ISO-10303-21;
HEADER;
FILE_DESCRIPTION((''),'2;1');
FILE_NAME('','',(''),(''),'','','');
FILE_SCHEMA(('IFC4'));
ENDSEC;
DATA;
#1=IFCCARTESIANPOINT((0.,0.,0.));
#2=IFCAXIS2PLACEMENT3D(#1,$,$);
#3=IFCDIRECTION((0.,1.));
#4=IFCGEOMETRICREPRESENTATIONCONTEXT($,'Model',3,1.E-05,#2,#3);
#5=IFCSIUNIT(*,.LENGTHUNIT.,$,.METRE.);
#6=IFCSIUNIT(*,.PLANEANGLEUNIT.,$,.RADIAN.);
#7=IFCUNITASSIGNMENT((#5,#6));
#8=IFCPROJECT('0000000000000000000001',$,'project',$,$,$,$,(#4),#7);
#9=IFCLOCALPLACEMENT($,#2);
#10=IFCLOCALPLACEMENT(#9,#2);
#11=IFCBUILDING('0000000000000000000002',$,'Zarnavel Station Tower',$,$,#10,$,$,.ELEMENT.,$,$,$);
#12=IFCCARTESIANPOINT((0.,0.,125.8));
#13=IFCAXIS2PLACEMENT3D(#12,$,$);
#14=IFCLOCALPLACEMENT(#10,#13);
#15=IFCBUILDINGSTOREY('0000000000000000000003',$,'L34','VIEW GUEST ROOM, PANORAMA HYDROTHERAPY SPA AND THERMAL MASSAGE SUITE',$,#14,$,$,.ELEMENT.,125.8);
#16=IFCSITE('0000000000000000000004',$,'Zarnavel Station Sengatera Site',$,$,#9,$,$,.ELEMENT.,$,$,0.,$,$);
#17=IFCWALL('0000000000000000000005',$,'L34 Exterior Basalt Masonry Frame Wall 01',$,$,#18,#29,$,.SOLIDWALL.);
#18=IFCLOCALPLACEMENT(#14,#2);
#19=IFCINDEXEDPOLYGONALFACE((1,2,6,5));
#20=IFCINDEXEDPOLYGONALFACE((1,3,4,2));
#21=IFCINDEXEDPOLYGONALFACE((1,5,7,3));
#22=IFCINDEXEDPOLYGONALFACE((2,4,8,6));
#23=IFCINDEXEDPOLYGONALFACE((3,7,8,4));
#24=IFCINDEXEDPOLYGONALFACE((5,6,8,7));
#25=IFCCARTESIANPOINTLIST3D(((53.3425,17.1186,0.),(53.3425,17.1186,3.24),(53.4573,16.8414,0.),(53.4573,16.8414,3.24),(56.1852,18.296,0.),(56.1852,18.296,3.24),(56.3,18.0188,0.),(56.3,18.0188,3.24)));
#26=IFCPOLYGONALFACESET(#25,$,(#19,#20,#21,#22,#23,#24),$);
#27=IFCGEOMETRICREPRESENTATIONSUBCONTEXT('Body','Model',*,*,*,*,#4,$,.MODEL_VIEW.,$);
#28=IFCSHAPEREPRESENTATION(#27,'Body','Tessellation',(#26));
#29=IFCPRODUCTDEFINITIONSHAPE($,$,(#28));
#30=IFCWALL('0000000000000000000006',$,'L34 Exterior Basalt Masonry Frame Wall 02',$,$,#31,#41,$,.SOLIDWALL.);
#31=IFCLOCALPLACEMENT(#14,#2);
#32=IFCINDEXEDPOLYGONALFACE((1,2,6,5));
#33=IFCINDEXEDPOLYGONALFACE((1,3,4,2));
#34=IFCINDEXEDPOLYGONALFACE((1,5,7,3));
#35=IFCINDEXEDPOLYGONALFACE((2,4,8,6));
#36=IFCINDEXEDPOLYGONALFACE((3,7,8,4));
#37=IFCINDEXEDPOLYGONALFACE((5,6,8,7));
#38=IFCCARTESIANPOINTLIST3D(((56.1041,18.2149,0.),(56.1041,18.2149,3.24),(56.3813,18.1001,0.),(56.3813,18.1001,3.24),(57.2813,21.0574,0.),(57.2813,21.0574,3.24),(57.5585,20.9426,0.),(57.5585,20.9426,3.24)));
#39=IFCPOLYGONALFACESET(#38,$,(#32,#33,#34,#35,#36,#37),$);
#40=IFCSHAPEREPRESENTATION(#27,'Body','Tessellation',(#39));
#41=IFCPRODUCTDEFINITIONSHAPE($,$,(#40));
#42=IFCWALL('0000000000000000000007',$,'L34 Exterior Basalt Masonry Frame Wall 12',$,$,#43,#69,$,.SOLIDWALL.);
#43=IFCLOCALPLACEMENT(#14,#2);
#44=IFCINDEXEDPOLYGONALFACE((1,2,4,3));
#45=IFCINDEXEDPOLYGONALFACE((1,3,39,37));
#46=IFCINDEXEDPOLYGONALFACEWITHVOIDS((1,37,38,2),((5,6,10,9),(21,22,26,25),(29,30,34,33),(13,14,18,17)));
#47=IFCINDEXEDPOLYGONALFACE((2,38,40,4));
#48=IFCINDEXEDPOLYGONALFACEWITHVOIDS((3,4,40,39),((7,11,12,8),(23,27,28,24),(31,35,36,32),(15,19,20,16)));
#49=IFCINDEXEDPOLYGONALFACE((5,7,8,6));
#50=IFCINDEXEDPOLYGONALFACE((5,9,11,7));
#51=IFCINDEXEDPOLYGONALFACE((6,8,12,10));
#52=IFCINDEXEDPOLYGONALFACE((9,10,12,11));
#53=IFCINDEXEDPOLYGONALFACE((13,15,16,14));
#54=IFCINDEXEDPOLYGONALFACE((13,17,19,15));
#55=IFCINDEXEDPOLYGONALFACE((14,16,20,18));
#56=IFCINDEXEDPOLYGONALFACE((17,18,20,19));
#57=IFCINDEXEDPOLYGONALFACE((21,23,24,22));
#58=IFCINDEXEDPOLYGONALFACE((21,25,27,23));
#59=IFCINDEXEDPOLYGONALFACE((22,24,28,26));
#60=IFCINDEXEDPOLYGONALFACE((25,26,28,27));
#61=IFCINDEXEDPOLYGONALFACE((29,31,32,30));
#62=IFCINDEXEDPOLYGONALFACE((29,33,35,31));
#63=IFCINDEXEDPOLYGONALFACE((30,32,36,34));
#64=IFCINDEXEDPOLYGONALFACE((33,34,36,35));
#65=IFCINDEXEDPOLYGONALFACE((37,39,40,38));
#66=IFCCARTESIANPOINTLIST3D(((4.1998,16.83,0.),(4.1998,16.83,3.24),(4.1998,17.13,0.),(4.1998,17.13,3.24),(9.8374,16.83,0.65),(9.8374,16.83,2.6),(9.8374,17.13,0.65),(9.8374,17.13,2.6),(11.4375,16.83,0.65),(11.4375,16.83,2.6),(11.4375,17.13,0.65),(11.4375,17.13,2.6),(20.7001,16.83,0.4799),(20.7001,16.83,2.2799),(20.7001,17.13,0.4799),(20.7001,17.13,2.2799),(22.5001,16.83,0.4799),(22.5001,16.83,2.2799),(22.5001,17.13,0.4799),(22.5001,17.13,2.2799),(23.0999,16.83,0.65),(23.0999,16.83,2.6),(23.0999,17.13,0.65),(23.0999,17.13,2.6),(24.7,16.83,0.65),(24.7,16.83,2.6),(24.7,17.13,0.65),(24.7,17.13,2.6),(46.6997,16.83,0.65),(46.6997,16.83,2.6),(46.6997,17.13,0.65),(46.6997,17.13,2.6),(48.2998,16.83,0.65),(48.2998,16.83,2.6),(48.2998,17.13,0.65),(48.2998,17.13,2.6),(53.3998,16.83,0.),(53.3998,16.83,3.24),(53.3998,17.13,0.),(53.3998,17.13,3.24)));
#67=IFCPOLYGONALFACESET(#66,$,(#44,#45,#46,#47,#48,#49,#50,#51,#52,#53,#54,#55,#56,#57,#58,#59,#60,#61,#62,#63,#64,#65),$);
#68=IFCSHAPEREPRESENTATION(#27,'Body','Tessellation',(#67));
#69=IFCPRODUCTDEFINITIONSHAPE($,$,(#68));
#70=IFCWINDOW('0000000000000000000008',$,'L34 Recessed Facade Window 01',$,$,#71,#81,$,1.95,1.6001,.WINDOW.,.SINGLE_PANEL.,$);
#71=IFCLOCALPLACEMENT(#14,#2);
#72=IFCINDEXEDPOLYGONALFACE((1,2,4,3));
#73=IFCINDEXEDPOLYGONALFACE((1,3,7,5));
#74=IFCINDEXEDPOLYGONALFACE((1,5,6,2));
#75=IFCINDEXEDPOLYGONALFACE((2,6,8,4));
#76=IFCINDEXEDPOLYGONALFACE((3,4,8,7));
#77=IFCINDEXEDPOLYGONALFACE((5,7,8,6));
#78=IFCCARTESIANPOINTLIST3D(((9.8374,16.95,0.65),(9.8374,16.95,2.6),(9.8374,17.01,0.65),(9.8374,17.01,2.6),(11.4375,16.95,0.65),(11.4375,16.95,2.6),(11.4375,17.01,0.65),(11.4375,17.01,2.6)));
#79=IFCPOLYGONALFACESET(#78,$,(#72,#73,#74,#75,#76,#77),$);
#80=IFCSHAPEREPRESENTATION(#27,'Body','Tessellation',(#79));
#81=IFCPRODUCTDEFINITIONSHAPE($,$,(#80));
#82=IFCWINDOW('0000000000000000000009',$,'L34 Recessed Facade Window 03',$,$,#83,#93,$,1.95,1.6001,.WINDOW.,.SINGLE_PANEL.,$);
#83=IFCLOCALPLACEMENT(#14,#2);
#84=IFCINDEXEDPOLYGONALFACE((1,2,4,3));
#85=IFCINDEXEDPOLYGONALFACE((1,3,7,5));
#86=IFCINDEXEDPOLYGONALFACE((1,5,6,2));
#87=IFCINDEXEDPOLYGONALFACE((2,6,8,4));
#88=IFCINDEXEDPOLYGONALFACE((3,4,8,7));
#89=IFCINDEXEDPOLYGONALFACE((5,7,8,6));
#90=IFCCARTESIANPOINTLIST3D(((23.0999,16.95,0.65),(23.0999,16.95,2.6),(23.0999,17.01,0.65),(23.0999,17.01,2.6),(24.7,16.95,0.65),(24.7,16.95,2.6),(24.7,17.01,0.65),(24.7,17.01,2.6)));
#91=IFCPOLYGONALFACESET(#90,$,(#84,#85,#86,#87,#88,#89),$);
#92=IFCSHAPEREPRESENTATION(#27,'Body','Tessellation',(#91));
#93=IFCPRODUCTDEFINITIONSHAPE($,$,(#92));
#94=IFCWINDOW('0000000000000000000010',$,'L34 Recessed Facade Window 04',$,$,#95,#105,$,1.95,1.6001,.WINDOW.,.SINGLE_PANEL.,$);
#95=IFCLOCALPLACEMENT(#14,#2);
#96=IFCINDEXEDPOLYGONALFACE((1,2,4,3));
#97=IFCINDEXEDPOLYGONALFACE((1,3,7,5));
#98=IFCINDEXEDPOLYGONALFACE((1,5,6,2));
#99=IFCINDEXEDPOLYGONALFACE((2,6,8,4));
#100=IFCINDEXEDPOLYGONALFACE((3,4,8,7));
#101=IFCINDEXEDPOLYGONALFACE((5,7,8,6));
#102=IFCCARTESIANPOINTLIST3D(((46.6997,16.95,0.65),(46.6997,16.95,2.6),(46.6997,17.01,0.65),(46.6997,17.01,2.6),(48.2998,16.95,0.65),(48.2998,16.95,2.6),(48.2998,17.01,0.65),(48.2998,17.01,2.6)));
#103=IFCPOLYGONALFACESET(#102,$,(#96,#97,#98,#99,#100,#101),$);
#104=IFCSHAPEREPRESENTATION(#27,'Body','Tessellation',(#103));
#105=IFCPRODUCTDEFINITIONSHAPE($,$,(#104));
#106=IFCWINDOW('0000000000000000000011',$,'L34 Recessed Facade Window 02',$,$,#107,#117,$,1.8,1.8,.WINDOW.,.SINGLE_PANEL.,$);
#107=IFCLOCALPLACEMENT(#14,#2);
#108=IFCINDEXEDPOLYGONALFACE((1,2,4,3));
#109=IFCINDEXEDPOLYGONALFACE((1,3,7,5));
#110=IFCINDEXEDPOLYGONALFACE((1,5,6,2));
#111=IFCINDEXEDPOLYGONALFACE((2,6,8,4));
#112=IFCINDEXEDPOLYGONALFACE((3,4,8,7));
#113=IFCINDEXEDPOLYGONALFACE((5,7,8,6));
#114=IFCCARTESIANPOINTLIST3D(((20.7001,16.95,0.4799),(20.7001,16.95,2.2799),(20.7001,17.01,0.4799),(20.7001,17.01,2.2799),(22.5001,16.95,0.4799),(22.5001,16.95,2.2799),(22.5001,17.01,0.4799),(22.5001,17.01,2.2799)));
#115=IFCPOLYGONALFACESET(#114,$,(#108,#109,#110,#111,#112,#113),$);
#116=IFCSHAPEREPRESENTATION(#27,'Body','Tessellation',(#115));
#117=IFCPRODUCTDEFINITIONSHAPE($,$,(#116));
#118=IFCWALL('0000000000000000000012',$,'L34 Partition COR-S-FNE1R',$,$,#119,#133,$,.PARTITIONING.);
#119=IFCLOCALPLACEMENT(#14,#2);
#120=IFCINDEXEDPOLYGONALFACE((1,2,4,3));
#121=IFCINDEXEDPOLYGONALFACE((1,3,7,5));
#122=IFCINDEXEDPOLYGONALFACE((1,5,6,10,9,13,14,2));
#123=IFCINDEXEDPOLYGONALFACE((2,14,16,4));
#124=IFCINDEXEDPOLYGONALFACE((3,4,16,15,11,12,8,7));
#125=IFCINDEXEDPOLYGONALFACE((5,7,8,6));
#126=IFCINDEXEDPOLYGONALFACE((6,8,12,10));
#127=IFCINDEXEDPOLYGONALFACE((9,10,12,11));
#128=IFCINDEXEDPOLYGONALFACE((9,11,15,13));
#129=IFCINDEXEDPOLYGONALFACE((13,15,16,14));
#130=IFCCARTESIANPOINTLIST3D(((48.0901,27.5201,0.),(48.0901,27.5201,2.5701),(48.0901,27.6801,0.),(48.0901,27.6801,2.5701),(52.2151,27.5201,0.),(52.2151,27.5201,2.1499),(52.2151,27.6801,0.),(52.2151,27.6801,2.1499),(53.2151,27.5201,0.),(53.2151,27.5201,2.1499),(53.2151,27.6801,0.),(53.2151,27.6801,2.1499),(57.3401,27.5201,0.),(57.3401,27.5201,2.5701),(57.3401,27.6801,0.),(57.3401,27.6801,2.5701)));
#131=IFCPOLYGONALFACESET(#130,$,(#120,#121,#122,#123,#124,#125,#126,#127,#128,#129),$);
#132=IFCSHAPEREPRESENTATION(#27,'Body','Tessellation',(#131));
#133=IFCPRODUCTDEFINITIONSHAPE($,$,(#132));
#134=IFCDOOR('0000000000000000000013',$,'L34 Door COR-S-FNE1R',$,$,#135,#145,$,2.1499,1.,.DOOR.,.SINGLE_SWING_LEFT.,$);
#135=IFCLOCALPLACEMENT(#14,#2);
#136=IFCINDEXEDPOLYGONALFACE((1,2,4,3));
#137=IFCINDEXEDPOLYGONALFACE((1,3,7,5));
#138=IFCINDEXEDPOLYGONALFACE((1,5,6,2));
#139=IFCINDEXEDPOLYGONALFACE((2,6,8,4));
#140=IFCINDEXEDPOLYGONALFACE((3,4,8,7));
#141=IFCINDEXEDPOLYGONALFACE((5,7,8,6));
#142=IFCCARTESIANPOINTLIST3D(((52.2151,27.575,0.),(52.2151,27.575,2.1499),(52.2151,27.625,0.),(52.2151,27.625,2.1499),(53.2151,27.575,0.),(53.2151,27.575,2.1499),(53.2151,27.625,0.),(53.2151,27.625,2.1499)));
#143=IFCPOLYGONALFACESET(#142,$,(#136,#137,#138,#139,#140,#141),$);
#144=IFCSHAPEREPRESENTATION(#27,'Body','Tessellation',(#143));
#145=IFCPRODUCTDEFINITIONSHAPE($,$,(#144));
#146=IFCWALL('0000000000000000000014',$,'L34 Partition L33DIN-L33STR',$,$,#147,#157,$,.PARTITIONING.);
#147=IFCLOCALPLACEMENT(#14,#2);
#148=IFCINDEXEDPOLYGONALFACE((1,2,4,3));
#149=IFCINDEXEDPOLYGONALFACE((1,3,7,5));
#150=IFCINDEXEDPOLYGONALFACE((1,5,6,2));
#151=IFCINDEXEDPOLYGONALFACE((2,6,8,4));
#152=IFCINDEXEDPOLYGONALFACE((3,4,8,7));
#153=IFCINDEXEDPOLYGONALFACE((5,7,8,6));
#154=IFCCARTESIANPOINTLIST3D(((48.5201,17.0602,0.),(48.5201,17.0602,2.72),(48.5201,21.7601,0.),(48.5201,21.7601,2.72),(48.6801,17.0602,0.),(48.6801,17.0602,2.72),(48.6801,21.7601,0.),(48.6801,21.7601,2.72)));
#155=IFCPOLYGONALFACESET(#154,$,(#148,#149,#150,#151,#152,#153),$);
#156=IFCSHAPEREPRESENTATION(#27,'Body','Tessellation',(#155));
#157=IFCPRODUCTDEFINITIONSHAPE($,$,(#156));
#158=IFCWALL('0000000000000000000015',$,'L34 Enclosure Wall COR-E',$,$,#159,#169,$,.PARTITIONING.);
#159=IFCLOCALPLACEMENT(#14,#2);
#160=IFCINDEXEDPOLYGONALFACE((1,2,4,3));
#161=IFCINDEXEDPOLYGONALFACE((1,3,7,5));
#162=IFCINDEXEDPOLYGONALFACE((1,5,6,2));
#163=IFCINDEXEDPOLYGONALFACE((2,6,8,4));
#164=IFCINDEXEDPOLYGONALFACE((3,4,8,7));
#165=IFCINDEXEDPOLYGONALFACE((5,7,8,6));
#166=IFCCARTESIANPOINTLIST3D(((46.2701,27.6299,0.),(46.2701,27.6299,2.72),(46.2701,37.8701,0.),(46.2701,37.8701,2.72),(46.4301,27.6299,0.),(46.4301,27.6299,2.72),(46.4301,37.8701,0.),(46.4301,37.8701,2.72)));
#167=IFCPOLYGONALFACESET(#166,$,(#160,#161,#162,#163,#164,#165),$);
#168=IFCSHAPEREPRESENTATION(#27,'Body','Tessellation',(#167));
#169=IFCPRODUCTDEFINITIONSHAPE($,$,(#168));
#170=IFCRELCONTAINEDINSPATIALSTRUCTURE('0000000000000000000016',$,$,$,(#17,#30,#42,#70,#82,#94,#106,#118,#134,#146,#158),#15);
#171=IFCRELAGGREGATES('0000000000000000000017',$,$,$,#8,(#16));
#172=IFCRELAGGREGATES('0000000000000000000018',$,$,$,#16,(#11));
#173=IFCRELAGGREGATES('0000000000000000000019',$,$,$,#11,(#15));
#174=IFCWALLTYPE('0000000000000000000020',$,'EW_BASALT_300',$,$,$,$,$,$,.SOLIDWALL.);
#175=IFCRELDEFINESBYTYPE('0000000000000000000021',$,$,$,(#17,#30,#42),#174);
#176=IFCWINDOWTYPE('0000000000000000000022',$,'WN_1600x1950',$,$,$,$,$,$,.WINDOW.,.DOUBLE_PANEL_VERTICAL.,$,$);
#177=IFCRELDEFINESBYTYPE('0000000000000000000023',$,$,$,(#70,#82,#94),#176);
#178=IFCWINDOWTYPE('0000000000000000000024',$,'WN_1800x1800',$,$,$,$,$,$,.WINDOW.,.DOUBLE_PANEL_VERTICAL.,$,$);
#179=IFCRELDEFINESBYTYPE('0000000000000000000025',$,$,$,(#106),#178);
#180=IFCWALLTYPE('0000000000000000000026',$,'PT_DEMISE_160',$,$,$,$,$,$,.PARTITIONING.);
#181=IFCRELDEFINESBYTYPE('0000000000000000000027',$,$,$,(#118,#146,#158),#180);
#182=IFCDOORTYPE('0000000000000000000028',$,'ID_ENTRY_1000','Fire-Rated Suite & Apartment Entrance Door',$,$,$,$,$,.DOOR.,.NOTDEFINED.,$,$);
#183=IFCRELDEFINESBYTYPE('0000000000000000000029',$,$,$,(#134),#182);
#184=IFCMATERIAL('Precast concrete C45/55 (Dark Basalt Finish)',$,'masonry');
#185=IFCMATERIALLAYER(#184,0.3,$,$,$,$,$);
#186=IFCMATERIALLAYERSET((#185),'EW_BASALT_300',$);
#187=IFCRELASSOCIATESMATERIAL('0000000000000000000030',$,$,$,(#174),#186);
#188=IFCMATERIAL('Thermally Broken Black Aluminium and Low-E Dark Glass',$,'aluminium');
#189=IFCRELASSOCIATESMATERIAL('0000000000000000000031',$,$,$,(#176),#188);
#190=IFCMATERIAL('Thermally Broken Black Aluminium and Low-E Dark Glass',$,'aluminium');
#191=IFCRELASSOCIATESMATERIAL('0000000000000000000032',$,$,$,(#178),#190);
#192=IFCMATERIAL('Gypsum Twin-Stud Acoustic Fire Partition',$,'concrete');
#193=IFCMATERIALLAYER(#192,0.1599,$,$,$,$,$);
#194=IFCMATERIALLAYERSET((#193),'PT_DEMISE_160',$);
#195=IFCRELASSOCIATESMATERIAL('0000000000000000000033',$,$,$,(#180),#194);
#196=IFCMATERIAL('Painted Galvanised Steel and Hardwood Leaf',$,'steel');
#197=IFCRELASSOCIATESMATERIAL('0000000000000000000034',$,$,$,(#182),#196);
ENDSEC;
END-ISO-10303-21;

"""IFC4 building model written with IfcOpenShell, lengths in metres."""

from ifc_helpers import new_model, si_unit, direction, frame, frame_2d, origin, place, context, subcontext, project, spatial, rectangle, extrude, material, layer, layer_set, type_object, element, fill, save


model = new_model("IFC4")

# Units and contexts
model_context = context("Model", 3, precision=1e-05, world=origin(), true_north=direction((0.0, 1.0)))
body_context = subcontext(model_context, "Body", "Model", "MODEL_VIEW")
ifc_project = project(units=[si_unit("LENGTHUNIT", "METRE"), si_unit("PLANEANGLEUNIT", "RADIAN")], contexts=[model_context])

# Site, building, storey
site_placement = place(None, origin())
site = spatial("IfcSite", under=ifc_project, at=site_placement, Name="Zarnavel Station Sengatera Site", CompositionType="ELEMENT", RefElevation=0.0)
building_placement = place(site_placement, origin())
building = spatial("IfcBuilding", under=site, at=building_placement, Name="Zarnavel Station Tower", CompositionType="ELEMENT")
storey_placement = place(building_placement, frame((0.0, 0.0, 125.8)))
storey = spatial("IfcBuildingStorey", under=building, at=storey_placement, Name="L34", Description="VIEW GUEST ROOM, PANORAMA HYDROTHERAPY SPA AND THERMAL MASSAGE SUITE", CompositionType="ELEMENT", Elevation=125.8)

# Walls
ifc_material_1 = material(Name="Precast concrete C45/55 (Dark Basalt Finish)", Category="masonry")
ifc_layer_1 = layer(ifc_material_1, 0.3)
ifc_layer_set_1 = layer_set([ifc_layer_1], Name="EW_BASALT_300")
wall_type_1 = type_object("IfcWallType", Name="EW_BASALT_300", PredefinedType="SOLIDWALL", material=ifc_layer_set_1)
wall_1_placement = place(storey_placement, frame((56.2427, 18.1575, 0.0), z_axis=(0.0, 0.0, 1.0), x_axis=(-0.923882, -0.382676, 0.0)))
element("IfcWall", 1, at=wall_1_placement, inside=storey, type_object=wall_type_1, Name="L34 Exterior Basalt Masonry Frame Wall 01", PredefinedType="SOLIDWALL", context=body_context, shape_type="SweptSolid", body=[
    extrude(rectangle(XDim=3.0769, YDim=0.3, at=frame_2d((1.5386, 0.0))), origin(), (0.0, 0.0, 1.0), 3.24),
])
wall_2_placement = place(storey_placement, frame((57.4199, 21.0, 0.0), z_axis=(0.0, 0.0, 1.0), x_axis=(-0.382637, -0.923899, 0.0)))
element("IfcWall", 2, at=wall_2_placement, inside=storey, type_object=wall_type_1, Name="L34 Exterior Basalt Masonry Frame Wall 02", PredefinedType="SOLIDWALL", context=body_context, shape_type="SweptSolid", body=[
    extrude(rectangle(XDim=3.0767, YDim=0.3, at=frame_2d((1.5383, 0.0))), origin(), (0.0, 0.0, 1.0), 3.24),
])

# Wall, openings, windows
wall_3_placement = place(storey_placement, frame((53.3999, 16.98, 0.0), z_axis=(0.0, 0.0, 1.0), x_axis=(-1.0, 0.0, 0.0)))
wall_3 = element("IfcWall", 3, at=wall_3_placement, inside=storey, type_object=wall_type_1, Name="L34 Exterior Basalt Masonry Frame Wall 12", PredefinedType="SOLIDWALL", context=body_context, shape_type="SweptSolid", body=[
    extrude(rectangle(XDim=49.2, YDim=0.3, at=frame_2d((24.6001, 0.0))), origin(), (0.0, 0.0, 1.0), 3.24),
])
opening_1_placement = place(wall_3_placement, frame((41.9624, 0.0, 0.6499)))
opening_1 = element("IfcOpeningElement", 4, at=opening_1_placement, cuts=wall_3, PredefinedType="OPENING", context=body_context, shape_type="SweptSolid", body=[
    extrude(rectangle(XDim=1.6001, YDim=1.95, at=frame_2d((0.8, 0.9751))), frame((0.0, 0.1599, 0.0), z_axis=(0.0, -1.0, 0.0), x_axis=(1.0, 0.0, 0.0)), (0.0, 0.0, 1.0), 0.3201),
])
opening_2_placement = place(wall_3_placement, frame((30.8999, 0.0, 0.48)))
opening_2 = element("IfcOpeningElement", 5, at=opening_2_placement, cuts=wall_3, PredefinedType="OPENING", context=body_context, shape_type="SweptSolid", body=[
    extrude(rectangle(XDim=1.8, YDim=1.8, at=frame_2d((0.8999, 0.8999))), frame((0.0, 0.1599, 0.0), z_axis=(0.0, -1.0, 0.0), x_axis=(1.0, 0.0, 0.0)), (0.0, 0.0, 1.0), 0.3201),
])
opening_3_placement = place(wall_3_placement, frame((28.7, 0.0, 0.6499)))
opening_3 = element("IfcOpeningElement", 6, at=opening_3_placement, cuts=wall_3, PredefinedType="OPENING", context=body_context, shape_type="SweptSolid", body=[
    extrude(rectangle(XDim=1.6001, YDim=1.95, at=frame_2d((0.8, 0.9751))), frame((0.0, 0.1599, 0.0), z_axis=(0.0, -1.0, 0.0), x_axis=(1.0, 0.0, 0.0)), (0.0, 0.0, 1.0), 0.3201),
])
opening_4_placement = place(wall_3_placement, frame((5.1001, 0.0, 0.6499)))
opening_4 = element("IfcOpeningElement", 7, at=opening_4_placement, cuts=wall_3, PredefinedType="OPENING", context=body_context, shape_type="SweptSolid", body=[
    extrude(rectangle(XDim=1.6001, YDim=1.95, at=frame_2d((0.8, 0.9751))), frame((0.0, 0.1599, 0.0), z_axis=(0.0, -1.0, 0.0), x_axis=(1.0, 0.0, 0.0)), (0.0, 0.0, 1.0), 0.3201),
])
ifc_material_2 = material(Name="Thermally Broken Black Aluminium and Low-E Dark Glass", Category="aluminium")
window_type_1 = type_object("IfcWindowType", Name="WN_1600x1950", PartitioningType="DOUBLE_PANEL_VERTICAL", PredefinedType="WINDOW", material=ifc_material_2)
window_1_placement = place(opening_1_placement, origin())
window_1 = element("IfcWindow", 8, at=window_1_placement, inside=storey, type_object=window_type_1, Name="L34 Recessed Facade Window 01", OverallHeight=1.95, OverallWidth=1.6001, PartitioningType="SINGLE_PANEL", PredefinedType="WINDOW", context=body_context, shape_type="SweptSolid", body=[
    extrude(rectangle(XDim=1.6001, YDim=1.95, at=frame_2d((0.8, 0.9751))), frame((0.0, 0.03, 0.0), z_axis=(0.0, -1.0, 0.0), x_axis=(1.0, 0.0, 0.0)), (0.0, 0.0, 1.0), 0.0601),
])
fill(opening_1, window_1)
window_2_placement = place(opening_3_placement, origin())
window_2 = element("IfcWindow", 9, at=window_2_placement, inside=storey, type_object=window_type_1, Name="L34 Recessed Facade Window 03", OverallHeight=1.95, OverallWidth=1.6001, PartitioningType="SINGLE_PANEL", PredefinedType="WINDOW", context=body_context, shape_type="SweptSolid", body=[
    extrude(rectangle(XDim=1.6001, YDim=1.95, at=frame_2d((0.8, 0.9751))), frame((0.0, 0.03, 0.0), z_axis=(0.0, -1.0, 0.0), x_axis=(1.0, 0.0, 0.0)), (0.0, 0.0, 1.0), 0.0601),
])
fill(opening_3, window_2)
window_3_placement = place(opening_4_placement, origin())
window_3 = element("IfcWindow", 10, at=window_3_placement, inside=storey, type_object=window_type_1, Name="L34 Recessed Facade Window 04", OverallHeight=1.95, OverallWidth=1.6001, PartitioningType="SINGLE_PANEL", PredefinedType="WINDOW", context=body_context, shape_type="SweptSolid", body=[
    extrude(rectangle(XDim=1.6001, YDim=1.95, at=frame_2d((0.8, 0.9751))), frame((0.0, 0.03, 0.0), z_axis=(0.0, -1.0, 0.0), x_axis=(1.0, 0.0, 0.0)), (0.0, 0.0, 1.0), 0.0601),
])
fill(opening_4, window_3)
ifc_material_3 = material(Name="Thermally Broken Black Aluminium and Low-E Dark Glass", Category="aluminium")
window_type_2 = type_object("IfcWindowType", Name="WN_1800x1800", PartitioningType="DOUBLE_PANEL_VERTICAL", PredefinedType="WINDOW", material=ifc_material_3)
window_4_placement = place(opening_2_placement, origin())
window_4 = element("IfcWindow", 11, at=window_4_placement, inside=storey, type_object=window_type_2, Name="L34 Recessed Facade Window 02", OverallHeight=1.8, OverallWidth=1.8, PartitioningType="SINGLE_PANEL", PredefinedType="WINDOW", context=body_context, shape_type="SweptSolid", body=[
    extrude(rectangle(XDim=1.8, YDim=1.8, at=frame_2d((0.8999, 0.8999))), frame((0.0, 0.03, 0.0), z_axis=(0.0, -1.0, 0.0), x_axis=(1.0, 0.0, 0.0)), (0.0, 0.0, 1.0), 0.0601),
])
fill(opening_2, window_4)

# Wall, opening, door
ifc_material_4 = material(Name="Gypsum Twin-Stud Acoustic Fire Partition", Category="concrete")
ifc_layer_2 = layer(ifc_material_4, 0.1599)
ifc_layer_set_2 = layer_set([ifc_layer_2], Name="PT_DEMISE_160")
wall_type_2 = type_object("IfcWallType", Name="PT_DEMISE_160", PredefinedType="PARTITIONING", material=ifc_layer_set_2)
wall_4_placement = place(storey_placement, frame((48.0901, 27.6001, 0.0), z_axis=(0.0, 0.0, 1.0), x_axis=(1.0, 0.0, 0.0)))
wall_4 = element("IfcWall", 12, at=wall_4_placement, inside=storey, type_object=wall_type_2, Name="L34 Partition COR-S-FNE1R", PredefinedType="PARTITIONING", context=body_context, shape_type="SweptSolid", body=[
    extrude(rectangle(XDim=9.25, YDim=0.1599, at=frame_2d((4.625, 0.0))), origin(), (0.0, 0.0, 1.0), 2.5701),
])
opening_5_placement = place(wall_4_placement, frame((4.125, 0.0, 0.0)))
opening_5 = element("IfcOpeningElement", 13, at=opening_5_placement, cuts=wall_4, PredefinedType="OPENING", context=body_context, shape_type="SweptSolid", body=[
    extrude(rectangle(XDim=1.0, YDim=2.1499, at=frame_2d((0.5, 1.075))), frame((0.0, 0.0898, 0.0), z_axis=(0.0, -1.0, 0.0), x_axis=(1.0, 0.0, 0.0)), (0.0, 0.0, 1.0), 0.1799),
])
ifc_material_5 = material(Name="Painted Galvanised Steel and Hardwood Leaf", Category="steel")
door_type = type_object("IfcDoorType", Name="ID_ENTRY_1000", Description="Fire-Rated Suite & Apartment Entrance Door", OperationType="NOTDEFINED", PredefinedType="DOOR", material=ifc_material_5)
door_1_placement = place(opening_5_placement, origin())
door_1 = element("IfcDoor", 14, at=door_1_placement, inside=storey, type_object=door_type, Name="L34 Door COR-S-FNE1R", OperationType="SINGLE_SWING_LEFT", OverallHeight=2.1499, OverallWidth=1.0, PredefinedType="DOOR", context=body_context, shape_type="SweptSolid", body=[
    extrude(rectangle(XDim=1.0, YDim=2.1499, at=frame_2d((0.5, 1.075))), frame((0.0, 0.0249, 0.0), z_axis=(0.0, -1.0, 0.0), x_axis=(1.0, 0.0, 0.0)), (0.0, 0.0, 1.0), 0.05),
])
fill(opening_5, door_1)

# Walls
wall_5_placement = place(storey_placement, frame((48.6001, 17.0601, 0.0), z_axis=(0.0, 0.0, 1.0), x_axis=(0.0, 1.0, 0.0)))
element("IfcWall", 15, at=wall_5_placement, inside=storey, type_object=wall_type_2, Name="L34 Partition L33DIN-L33STR", PredefinedType="PARTITIONING", context=body_context, shape_type="SweptSolid", body=[
    extrude(rectangle(XDim=4.7, YDim=0.1599, at=frame_2d((2.3501, 0.0))), origin(), (0.0, 0.0, 1.0), 2.72),
])
wall_6_placement = place(storey_placement, frame((46.3501, 27.6299, 0.0), z_axis=(0.0, 0.0, 1.0), x_axis=(0.0, 1.0, 0.0)))
element("IfcWall", 16, at=wall_6_placement, inside=storey, type_object=wall_type_2, Name="L34 Enclosure Wall COR-E", PredefinedType="PARTITIONING", context=body_context, shape_type="SweptSolid", body=[
    extrude(rectangle(XDim=10.2402, YDim=0.1599, at=frame_2d((5.1201, 0.0))), origin(), (0.0, 0.0, 1.0), 2.72),
])

save(model, "model.ifc")
